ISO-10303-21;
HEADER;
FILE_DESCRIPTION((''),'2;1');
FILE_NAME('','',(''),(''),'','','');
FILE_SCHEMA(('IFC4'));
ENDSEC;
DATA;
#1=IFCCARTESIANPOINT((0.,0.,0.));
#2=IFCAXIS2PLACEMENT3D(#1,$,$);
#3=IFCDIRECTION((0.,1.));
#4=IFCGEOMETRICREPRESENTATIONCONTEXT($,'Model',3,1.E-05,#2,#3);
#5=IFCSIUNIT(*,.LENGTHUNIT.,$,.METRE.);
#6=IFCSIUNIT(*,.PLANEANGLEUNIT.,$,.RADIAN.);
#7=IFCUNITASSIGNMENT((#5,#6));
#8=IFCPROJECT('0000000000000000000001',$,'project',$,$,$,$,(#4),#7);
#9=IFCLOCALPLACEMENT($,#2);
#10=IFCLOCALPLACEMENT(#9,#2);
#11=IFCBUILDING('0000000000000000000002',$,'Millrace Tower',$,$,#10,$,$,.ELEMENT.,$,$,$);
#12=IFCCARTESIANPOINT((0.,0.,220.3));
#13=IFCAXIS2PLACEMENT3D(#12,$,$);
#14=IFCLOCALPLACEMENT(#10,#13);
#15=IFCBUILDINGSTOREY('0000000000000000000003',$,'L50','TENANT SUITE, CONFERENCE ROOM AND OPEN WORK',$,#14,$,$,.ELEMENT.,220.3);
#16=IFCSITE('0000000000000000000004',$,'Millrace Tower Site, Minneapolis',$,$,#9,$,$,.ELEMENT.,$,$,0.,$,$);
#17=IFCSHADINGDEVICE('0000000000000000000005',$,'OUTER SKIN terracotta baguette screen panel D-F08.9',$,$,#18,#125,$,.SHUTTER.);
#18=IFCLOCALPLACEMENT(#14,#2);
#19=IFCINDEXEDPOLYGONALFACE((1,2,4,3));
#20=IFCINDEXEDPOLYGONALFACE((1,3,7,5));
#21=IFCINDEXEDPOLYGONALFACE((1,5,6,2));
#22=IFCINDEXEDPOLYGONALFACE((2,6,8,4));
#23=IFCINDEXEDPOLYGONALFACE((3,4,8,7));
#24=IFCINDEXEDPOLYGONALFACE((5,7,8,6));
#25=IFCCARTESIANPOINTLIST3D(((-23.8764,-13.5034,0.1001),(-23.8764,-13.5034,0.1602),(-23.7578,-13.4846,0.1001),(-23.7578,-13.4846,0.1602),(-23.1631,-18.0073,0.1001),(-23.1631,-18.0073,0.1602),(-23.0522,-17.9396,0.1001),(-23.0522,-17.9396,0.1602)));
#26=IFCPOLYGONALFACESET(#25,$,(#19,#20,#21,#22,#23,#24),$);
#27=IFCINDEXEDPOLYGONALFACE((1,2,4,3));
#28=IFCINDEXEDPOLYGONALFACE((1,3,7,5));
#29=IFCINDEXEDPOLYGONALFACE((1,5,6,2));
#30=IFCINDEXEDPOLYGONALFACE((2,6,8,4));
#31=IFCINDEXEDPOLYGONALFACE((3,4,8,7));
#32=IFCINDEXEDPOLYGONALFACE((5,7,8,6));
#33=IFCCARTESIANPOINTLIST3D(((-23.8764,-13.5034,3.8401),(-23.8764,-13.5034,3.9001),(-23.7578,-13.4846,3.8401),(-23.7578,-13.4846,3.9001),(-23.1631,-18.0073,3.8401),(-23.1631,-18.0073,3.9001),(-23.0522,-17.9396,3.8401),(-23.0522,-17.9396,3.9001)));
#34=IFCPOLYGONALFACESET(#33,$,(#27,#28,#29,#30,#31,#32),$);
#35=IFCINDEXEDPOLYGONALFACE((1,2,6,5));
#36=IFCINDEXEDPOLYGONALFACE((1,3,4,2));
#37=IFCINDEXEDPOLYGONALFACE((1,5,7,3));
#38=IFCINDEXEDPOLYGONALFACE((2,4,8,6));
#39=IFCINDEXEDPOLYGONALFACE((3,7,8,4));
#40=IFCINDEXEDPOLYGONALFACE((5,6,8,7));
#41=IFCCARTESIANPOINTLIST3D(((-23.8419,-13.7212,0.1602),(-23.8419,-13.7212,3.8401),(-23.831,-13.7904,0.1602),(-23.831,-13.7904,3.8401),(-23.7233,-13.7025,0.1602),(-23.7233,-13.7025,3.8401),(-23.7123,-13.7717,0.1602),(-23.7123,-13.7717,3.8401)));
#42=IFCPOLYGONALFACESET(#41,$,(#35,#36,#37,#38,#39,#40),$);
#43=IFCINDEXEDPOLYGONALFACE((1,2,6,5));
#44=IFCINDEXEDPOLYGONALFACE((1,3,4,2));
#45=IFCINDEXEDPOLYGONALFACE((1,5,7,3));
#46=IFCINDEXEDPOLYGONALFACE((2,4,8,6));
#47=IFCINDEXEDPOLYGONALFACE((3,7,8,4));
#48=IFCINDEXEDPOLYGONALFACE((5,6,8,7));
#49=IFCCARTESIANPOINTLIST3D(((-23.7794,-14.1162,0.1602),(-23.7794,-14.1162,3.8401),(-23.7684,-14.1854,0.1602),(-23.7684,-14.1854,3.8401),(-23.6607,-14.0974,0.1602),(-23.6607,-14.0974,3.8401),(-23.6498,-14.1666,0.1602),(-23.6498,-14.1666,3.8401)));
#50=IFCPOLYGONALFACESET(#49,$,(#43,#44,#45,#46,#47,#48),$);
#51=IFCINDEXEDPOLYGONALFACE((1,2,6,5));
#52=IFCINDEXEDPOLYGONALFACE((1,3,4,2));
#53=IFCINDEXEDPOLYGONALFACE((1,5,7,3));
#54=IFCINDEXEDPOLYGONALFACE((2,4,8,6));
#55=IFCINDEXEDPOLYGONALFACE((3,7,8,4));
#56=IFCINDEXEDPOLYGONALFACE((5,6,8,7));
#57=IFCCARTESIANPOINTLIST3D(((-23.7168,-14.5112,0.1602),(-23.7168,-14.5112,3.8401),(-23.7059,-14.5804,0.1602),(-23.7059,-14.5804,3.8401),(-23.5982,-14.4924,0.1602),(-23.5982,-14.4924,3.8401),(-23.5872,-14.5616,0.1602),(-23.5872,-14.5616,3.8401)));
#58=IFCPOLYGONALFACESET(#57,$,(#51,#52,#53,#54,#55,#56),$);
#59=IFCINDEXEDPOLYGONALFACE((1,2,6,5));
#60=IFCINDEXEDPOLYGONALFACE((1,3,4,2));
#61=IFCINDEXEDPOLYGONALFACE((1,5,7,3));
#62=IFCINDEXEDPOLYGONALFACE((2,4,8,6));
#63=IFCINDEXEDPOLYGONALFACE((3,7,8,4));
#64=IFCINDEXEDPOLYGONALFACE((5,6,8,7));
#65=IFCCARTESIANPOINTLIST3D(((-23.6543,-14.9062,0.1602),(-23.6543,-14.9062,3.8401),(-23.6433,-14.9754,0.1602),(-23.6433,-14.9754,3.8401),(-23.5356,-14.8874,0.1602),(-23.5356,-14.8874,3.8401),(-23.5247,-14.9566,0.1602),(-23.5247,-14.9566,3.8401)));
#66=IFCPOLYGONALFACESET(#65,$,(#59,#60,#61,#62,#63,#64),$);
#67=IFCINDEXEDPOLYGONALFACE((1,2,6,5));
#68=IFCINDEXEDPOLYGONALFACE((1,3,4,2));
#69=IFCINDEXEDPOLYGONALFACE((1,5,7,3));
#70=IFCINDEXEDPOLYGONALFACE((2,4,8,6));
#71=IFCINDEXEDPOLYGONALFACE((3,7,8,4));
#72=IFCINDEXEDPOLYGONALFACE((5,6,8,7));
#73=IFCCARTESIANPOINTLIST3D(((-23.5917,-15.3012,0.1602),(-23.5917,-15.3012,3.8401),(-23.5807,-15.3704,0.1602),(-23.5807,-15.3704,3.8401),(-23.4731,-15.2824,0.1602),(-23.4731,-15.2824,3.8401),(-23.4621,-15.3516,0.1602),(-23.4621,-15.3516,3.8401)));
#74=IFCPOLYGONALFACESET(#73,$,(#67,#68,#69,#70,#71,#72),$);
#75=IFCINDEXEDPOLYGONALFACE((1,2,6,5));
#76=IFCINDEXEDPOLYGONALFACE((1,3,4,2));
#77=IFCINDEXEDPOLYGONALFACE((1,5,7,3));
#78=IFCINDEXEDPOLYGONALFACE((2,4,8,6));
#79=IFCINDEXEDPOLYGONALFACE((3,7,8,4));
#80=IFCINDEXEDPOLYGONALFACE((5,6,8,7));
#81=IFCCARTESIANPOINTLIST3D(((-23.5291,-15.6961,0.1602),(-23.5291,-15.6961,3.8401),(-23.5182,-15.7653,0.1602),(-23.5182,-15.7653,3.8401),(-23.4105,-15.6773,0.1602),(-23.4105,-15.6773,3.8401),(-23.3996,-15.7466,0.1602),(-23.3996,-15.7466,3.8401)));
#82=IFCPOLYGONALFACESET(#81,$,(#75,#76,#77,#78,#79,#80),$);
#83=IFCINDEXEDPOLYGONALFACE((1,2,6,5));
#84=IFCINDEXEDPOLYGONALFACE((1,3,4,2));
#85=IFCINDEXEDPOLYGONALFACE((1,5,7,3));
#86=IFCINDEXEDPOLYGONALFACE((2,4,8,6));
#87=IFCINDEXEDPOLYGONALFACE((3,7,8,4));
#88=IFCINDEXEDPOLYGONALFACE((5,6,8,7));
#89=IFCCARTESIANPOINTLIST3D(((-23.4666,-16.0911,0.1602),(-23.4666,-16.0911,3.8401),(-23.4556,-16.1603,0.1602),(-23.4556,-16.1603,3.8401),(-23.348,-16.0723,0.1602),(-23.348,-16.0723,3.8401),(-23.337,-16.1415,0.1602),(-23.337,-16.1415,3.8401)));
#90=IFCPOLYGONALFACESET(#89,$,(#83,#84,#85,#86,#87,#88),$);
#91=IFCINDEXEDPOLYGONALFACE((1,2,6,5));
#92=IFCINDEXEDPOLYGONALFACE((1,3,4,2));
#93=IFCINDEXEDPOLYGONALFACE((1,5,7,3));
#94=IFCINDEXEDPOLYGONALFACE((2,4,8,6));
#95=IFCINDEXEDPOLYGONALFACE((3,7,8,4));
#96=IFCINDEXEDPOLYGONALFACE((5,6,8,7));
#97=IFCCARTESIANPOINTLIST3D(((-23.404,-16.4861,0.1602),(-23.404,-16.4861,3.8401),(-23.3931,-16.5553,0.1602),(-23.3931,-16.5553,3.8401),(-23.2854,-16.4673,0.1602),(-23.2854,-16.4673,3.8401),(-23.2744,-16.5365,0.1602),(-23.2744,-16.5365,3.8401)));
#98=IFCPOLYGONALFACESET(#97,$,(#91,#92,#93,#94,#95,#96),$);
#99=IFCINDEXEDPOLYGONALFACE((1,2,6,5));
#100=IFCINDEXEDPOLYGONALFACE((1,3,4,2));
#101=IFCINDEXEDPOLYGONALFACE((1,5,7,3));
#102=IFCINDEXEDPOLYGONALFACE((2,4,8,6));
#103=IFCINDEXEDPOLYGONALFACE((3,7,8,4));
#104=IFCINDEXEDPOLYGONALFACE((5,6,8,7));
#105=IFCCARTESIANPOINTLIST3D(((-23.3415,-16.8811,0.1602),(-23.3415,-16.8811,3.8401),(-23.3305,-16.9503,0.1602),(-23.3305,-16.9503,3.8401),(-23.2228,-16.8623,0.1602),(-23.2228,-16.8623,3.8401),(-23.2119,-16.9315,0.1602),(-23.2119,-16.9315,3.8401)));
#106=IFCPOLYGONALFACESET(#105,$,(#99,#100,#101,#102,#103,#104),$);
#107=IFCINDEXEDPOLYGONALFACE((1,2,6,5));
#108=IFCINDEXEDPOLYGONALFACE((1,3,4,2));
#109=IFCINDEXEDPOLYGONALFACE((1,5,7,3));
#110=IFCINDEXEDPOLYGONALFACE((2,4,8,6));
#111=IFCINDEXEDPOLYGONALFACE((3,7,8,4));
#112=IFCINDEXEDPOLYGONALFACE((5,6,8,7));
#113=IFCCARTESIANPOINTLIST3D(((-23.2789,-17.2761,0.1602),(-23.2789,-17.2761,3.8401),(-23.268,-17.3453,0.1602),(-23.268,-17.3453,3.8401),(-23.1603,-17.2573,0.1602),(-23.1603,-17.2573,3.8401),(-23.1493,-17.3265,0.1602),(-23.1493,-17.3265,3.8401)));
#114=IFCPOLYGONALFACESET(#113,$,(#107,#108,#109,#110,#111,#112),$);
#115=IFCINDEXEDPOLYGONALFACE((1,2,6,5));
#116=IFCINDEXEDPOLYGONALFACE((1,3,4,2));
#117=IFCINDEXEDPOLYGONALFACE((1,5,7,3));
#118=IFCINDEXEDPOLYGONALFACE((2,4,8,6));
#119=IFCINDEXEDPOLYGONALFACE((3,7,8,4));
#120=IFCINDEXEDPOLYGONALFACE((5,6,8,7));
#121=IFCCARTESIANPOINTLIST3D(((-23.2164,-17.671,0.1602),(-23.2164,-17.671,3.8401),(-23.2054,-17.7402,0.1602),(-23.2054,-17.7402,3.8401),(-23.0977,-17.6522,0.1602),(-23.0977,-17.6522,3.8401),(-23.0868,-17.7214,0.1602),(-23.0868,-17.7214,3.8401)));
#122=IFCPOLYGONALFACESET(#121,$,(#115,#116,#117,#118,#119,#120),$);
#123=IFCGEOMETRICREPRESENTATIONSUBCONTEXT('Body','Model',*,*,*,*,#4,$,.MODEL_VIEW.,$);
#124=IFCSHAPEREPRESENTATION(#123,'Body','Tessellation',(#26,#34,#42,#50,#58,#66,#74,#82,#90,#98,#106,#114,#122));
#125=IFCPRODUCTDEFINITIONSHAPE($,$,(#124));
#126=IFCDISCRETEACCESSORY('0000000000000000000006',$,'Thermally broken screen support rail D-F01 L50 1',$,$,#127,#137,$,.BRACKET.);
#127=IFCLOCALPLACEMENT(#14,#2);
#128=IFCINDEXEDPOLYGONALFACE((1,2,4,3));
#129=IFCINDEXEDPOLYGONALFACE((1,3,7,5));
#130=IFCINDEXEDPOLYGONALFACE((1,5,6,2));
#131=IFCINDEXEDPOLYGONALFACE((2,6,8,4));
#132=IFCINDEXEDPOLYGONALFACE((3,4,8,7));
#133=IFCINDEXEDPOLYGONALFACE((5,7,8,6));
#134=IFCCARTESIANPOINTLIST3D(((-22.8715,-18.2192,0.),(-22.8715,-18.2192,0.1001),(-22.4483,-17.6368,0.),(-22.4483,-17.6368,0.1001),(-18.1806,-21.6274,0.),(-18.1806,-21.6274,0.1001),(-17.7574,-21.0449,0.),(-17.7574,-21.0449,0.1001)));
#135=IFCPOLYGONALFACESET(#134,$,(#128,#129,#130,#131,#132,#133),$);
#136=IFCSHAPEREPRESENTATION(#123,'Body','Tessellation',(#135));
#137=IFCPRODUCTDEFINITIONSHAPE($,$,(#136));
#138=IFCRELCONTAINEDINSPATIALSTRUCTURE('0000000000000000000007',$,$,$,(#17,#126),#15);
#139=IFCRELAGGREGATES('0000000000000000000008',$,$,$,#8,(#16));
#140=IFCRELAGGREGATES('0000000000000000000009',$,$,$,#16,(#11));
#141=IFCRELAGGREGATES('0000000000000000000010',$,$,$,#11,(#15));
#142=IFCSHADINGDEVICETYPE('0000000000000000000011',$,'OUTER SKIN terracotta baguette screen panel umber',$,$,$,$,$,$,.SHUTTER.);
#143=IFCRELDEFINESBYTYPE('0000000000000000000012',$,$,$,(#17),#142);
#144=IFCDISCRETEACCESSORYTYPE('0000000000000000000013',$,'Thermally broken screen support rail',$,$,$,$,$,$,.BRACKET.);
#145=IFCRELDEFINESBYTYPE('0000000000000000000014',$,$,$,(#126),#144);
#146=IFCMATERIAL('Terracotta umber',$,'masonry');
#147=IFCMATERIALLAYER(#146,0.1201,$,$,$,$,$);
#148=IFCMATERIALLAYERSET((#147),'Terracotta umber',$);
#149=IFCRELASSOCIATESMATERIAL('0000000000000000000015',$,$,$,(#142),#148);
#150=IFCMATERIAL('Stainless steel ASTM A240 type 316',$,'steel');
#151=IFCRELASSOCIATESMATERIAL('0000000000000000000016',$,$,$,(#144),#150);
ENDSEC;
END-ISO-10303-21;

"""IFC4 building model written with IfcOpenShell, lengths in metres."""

from ifc_helpers import new_model, entity, si_unit, direction, frame, frame_2d, origin, origin_2d, place, context, subcontext, project, spatial, rectangle, extrude, source, transform, mapped, material, layer, layer_set, type_object, element, save


model = new_model("IFC4")

# Units and contexts
model_context = context("Model", 3, precision=1e-05, world=origin(), true_north=direction((0.0, 1.0)))
body_context = subcontext(model_context, "Body", "Model", "MODEL_VIEW")
ifc_project = project(units=[si_unit("LENGTHUNIT", "METRE"), si_unit("PLANEANGLEUNIT", "RADIAN")], contexts=[model_context])

# Site, building, storey
site_placement = place(None, origin())
site = spatial("IfcSite", under=ifc_project, at=site_placement, Name="Millrace Tower Site, Minneapolis", CompositionType="ELEMENT", RefElevation=0.0)
building_placement = place(site_placement, origin())
building = spatial("IfcBuilding", under=site, at=building_placement, Name="Millrace Tower", CompositionType="ELEMENT")
storey_placement = place(building_placement, frame((0.0, 0.0, 220.3)))
storey = spatial("IfcBuildingStorey", under=building, at=storey_placement, Name="L50", Description="TENANT SUITE, CONFERENCE ROOM AND OPEN WORK", CompositionType="ELEMENT", Elevation=220.3)

# Shading device
ifc_material_1 = material(Name="Terracotta umber", Category="masonry")
ifc_layer_1 = layer(ifc_material_1, 0.1201)
ifc_layer_set_1 = layer_set([ifc_layer_1], Name="Terracotta umber")
shading_device_type = type_object("IfcShadingDeviceType", Name="OUTER SKIN terracotta baguette screen panel umber", PredefinedType="SHUTTER", material=ifc_layer_set_1)
cartesian_point_1 = entity("IfcCartesianPoint", [-2.2676, 0.0601])
shared_polyline_1 = entity("IfcPolyline", [cartesian_point_1, entity("IfcCartesianPoint", [2.2429, 0.0601]), entity("IfcCartesianPoint", [2.2925, -0.0601]), entity("IfcCartesianPoint", [-2.2676, -0.0601]), cartesian_point_1])
shared_shape_1 = source(origin(), body_context, "Body", "SweptSolid", [
    entity("IfcExtrudedAreaSolid", entity("IfcArbitraryClosedProfileDef", "AREA", None, shared_polyline_1), entity("IfcAxis2Placement3D", entity("IfcCartesianPoint", [0.0, 0.0, 0.0])), entity("IfcDirection", [0.0, 0.0, 1.0]), 0.0601),
    entity("IfcExtrudedAreaSolid", entity("IfcArbitraryClosedProfileDef", "AREA", None, shared_polyline_1), entity("IfcAxis2Placement3D", entity("IfcCartesianPoint", [0.0, 0.0, 3.74])), entity("IfcDirection", [0.0, 0.0, 1.0]), 0.0601),
    extrude(rectangle(XDim=0.0701, YDim=0.1201, at=frame_2d((-2.012, 0.0))), frame((0.0, 0.0, 0.0601)), (0.0, 0.0, 1.0), 3.6799),
    extrude(rectangle(XDim=0.0701, YDim=0.1201, at=frame_2d((-1.6121, 0.0))), frame((0.0, 0.0, 0.0601)), (0.0, 0.0, 1.0), 3.6799),
    extrude(rectangle(XDim=0.0701, YDim=0.1201, at=frame_2d((-1.2122, 0.0))), frame((0.0, 0.0, 0.0601)), (0.0, 0.0, 1.0), 3.6799),
    extrude(rectangle(XDim=0.0701, YDim=0.1201, at=frame_2d((-0.8123, 0.0))), frame((0.0, 0.0, 0.0601)), (0.0, 0.0, 1.0), 3.6799),
    extrude(rectangle(XDim=0.0701, YDim=0.1201, at=frame_2d((-0.4124, 0.0))), frame((0.0, 0.0, 0.0601)), (0.0, 0.0, 1.0), 3.6799),
    extrude(rectangle(XDim=0.0701, YDim=0.1201, at=frame_2d((-0.0125, 0.0))), frame((0.0, 0.0, 0.0601)), (0.0, 0.0, 1.0), 3.6799),
    extrude(rectangle(XDim=0.0701, YDim=0.1201, at=frame_2d((0.3875, 0.0))), frame((0.0, 0.0, 0.0601)), (0.0, 0.0, 1.0), 3.6799),
    extrude(rectangle(XDim=0.0701, YDim=0.1201, at=frame_2d((0.7874, 0.0))), frame((0.0, 0.0, 0.0601)), (0.0, 0.0, 1.0), 3.6799),
    extrude(rectangle(XDim=0.0701, YDim=0.1201, at=frame_2d((1.1873, 0.0))), frame((0.0, 0.0, 0.0601)), (0.0, 0.0, 1.0), 3.6799),
    extrude(rectangle(XDim=0.0701, YDim=0.1201, at=frame_2d((1.5872, 0.0))), frame((0.0, 0.0, 0.0601)), (0.0, 0.0, 1.0), 3.6799),
    extrude(rectangle(XDim=0.0701, YDim=0.1201, at=frame_2d((1.9871, 0.0))), frame((0.0, 0.0, 0.0601)), (0.0, 0.0, 1.0), 3.6799),
])
shading_device_1_placement = place(storey_placement, frame((-23.4624, -15.7336, 0.1001), z_axis=(0.0, 0.0, 1.0), x_axis=(0.156434, -0.987688, 0.0)))
element("IfcShadingDevice", 1, at=shading_device_1_placement, inside=storey, type_object=shading_device_type, Name="OUTER SKIN terracotta baguette screen panel D-F08.9", PredefinedType="SHUTTER", context=body_context, shape_type="MappedRepresentation", body=[
    mapped(shared_shape_1, transform((0.0, 0.0, 0.0), scale=1.0)),
])

# Discrete accessory
ifc_material_2 = material(Name="Stainless steel ASTM A240 type 316", Category="steel")
discrete_accessory_type = type_object("IfcDiscreteAccessoryType", Name="Thermally broken screen support rail", PredefinedType="BRACKET", material=ifc_material_2)
discrete_accessory_placement = place(storey_placement, frame((-20.3145, -19.6321, 0.0), z_axis=(0.0, 0.0, 1.0), x_axis=(0.809017, -0.587785, 0.0)))
element("IfcDiscreteAccessory", 2, at=discrete_accessory_placement, inside=storey, type_object=discrete_accessory_type, Name="Thermally broken screen support rail D-F01 L50 1", PredefinedType="BRACKET", context=body_context, shape_type="SweptSolid", body=[
    extrude(rectangle(XDim=5.7983, YDim=0.72, at=origin_2d()), origin(), (0.0, 0.0, 1.0), 0.1001),
])

save(model, "model.ifc")
